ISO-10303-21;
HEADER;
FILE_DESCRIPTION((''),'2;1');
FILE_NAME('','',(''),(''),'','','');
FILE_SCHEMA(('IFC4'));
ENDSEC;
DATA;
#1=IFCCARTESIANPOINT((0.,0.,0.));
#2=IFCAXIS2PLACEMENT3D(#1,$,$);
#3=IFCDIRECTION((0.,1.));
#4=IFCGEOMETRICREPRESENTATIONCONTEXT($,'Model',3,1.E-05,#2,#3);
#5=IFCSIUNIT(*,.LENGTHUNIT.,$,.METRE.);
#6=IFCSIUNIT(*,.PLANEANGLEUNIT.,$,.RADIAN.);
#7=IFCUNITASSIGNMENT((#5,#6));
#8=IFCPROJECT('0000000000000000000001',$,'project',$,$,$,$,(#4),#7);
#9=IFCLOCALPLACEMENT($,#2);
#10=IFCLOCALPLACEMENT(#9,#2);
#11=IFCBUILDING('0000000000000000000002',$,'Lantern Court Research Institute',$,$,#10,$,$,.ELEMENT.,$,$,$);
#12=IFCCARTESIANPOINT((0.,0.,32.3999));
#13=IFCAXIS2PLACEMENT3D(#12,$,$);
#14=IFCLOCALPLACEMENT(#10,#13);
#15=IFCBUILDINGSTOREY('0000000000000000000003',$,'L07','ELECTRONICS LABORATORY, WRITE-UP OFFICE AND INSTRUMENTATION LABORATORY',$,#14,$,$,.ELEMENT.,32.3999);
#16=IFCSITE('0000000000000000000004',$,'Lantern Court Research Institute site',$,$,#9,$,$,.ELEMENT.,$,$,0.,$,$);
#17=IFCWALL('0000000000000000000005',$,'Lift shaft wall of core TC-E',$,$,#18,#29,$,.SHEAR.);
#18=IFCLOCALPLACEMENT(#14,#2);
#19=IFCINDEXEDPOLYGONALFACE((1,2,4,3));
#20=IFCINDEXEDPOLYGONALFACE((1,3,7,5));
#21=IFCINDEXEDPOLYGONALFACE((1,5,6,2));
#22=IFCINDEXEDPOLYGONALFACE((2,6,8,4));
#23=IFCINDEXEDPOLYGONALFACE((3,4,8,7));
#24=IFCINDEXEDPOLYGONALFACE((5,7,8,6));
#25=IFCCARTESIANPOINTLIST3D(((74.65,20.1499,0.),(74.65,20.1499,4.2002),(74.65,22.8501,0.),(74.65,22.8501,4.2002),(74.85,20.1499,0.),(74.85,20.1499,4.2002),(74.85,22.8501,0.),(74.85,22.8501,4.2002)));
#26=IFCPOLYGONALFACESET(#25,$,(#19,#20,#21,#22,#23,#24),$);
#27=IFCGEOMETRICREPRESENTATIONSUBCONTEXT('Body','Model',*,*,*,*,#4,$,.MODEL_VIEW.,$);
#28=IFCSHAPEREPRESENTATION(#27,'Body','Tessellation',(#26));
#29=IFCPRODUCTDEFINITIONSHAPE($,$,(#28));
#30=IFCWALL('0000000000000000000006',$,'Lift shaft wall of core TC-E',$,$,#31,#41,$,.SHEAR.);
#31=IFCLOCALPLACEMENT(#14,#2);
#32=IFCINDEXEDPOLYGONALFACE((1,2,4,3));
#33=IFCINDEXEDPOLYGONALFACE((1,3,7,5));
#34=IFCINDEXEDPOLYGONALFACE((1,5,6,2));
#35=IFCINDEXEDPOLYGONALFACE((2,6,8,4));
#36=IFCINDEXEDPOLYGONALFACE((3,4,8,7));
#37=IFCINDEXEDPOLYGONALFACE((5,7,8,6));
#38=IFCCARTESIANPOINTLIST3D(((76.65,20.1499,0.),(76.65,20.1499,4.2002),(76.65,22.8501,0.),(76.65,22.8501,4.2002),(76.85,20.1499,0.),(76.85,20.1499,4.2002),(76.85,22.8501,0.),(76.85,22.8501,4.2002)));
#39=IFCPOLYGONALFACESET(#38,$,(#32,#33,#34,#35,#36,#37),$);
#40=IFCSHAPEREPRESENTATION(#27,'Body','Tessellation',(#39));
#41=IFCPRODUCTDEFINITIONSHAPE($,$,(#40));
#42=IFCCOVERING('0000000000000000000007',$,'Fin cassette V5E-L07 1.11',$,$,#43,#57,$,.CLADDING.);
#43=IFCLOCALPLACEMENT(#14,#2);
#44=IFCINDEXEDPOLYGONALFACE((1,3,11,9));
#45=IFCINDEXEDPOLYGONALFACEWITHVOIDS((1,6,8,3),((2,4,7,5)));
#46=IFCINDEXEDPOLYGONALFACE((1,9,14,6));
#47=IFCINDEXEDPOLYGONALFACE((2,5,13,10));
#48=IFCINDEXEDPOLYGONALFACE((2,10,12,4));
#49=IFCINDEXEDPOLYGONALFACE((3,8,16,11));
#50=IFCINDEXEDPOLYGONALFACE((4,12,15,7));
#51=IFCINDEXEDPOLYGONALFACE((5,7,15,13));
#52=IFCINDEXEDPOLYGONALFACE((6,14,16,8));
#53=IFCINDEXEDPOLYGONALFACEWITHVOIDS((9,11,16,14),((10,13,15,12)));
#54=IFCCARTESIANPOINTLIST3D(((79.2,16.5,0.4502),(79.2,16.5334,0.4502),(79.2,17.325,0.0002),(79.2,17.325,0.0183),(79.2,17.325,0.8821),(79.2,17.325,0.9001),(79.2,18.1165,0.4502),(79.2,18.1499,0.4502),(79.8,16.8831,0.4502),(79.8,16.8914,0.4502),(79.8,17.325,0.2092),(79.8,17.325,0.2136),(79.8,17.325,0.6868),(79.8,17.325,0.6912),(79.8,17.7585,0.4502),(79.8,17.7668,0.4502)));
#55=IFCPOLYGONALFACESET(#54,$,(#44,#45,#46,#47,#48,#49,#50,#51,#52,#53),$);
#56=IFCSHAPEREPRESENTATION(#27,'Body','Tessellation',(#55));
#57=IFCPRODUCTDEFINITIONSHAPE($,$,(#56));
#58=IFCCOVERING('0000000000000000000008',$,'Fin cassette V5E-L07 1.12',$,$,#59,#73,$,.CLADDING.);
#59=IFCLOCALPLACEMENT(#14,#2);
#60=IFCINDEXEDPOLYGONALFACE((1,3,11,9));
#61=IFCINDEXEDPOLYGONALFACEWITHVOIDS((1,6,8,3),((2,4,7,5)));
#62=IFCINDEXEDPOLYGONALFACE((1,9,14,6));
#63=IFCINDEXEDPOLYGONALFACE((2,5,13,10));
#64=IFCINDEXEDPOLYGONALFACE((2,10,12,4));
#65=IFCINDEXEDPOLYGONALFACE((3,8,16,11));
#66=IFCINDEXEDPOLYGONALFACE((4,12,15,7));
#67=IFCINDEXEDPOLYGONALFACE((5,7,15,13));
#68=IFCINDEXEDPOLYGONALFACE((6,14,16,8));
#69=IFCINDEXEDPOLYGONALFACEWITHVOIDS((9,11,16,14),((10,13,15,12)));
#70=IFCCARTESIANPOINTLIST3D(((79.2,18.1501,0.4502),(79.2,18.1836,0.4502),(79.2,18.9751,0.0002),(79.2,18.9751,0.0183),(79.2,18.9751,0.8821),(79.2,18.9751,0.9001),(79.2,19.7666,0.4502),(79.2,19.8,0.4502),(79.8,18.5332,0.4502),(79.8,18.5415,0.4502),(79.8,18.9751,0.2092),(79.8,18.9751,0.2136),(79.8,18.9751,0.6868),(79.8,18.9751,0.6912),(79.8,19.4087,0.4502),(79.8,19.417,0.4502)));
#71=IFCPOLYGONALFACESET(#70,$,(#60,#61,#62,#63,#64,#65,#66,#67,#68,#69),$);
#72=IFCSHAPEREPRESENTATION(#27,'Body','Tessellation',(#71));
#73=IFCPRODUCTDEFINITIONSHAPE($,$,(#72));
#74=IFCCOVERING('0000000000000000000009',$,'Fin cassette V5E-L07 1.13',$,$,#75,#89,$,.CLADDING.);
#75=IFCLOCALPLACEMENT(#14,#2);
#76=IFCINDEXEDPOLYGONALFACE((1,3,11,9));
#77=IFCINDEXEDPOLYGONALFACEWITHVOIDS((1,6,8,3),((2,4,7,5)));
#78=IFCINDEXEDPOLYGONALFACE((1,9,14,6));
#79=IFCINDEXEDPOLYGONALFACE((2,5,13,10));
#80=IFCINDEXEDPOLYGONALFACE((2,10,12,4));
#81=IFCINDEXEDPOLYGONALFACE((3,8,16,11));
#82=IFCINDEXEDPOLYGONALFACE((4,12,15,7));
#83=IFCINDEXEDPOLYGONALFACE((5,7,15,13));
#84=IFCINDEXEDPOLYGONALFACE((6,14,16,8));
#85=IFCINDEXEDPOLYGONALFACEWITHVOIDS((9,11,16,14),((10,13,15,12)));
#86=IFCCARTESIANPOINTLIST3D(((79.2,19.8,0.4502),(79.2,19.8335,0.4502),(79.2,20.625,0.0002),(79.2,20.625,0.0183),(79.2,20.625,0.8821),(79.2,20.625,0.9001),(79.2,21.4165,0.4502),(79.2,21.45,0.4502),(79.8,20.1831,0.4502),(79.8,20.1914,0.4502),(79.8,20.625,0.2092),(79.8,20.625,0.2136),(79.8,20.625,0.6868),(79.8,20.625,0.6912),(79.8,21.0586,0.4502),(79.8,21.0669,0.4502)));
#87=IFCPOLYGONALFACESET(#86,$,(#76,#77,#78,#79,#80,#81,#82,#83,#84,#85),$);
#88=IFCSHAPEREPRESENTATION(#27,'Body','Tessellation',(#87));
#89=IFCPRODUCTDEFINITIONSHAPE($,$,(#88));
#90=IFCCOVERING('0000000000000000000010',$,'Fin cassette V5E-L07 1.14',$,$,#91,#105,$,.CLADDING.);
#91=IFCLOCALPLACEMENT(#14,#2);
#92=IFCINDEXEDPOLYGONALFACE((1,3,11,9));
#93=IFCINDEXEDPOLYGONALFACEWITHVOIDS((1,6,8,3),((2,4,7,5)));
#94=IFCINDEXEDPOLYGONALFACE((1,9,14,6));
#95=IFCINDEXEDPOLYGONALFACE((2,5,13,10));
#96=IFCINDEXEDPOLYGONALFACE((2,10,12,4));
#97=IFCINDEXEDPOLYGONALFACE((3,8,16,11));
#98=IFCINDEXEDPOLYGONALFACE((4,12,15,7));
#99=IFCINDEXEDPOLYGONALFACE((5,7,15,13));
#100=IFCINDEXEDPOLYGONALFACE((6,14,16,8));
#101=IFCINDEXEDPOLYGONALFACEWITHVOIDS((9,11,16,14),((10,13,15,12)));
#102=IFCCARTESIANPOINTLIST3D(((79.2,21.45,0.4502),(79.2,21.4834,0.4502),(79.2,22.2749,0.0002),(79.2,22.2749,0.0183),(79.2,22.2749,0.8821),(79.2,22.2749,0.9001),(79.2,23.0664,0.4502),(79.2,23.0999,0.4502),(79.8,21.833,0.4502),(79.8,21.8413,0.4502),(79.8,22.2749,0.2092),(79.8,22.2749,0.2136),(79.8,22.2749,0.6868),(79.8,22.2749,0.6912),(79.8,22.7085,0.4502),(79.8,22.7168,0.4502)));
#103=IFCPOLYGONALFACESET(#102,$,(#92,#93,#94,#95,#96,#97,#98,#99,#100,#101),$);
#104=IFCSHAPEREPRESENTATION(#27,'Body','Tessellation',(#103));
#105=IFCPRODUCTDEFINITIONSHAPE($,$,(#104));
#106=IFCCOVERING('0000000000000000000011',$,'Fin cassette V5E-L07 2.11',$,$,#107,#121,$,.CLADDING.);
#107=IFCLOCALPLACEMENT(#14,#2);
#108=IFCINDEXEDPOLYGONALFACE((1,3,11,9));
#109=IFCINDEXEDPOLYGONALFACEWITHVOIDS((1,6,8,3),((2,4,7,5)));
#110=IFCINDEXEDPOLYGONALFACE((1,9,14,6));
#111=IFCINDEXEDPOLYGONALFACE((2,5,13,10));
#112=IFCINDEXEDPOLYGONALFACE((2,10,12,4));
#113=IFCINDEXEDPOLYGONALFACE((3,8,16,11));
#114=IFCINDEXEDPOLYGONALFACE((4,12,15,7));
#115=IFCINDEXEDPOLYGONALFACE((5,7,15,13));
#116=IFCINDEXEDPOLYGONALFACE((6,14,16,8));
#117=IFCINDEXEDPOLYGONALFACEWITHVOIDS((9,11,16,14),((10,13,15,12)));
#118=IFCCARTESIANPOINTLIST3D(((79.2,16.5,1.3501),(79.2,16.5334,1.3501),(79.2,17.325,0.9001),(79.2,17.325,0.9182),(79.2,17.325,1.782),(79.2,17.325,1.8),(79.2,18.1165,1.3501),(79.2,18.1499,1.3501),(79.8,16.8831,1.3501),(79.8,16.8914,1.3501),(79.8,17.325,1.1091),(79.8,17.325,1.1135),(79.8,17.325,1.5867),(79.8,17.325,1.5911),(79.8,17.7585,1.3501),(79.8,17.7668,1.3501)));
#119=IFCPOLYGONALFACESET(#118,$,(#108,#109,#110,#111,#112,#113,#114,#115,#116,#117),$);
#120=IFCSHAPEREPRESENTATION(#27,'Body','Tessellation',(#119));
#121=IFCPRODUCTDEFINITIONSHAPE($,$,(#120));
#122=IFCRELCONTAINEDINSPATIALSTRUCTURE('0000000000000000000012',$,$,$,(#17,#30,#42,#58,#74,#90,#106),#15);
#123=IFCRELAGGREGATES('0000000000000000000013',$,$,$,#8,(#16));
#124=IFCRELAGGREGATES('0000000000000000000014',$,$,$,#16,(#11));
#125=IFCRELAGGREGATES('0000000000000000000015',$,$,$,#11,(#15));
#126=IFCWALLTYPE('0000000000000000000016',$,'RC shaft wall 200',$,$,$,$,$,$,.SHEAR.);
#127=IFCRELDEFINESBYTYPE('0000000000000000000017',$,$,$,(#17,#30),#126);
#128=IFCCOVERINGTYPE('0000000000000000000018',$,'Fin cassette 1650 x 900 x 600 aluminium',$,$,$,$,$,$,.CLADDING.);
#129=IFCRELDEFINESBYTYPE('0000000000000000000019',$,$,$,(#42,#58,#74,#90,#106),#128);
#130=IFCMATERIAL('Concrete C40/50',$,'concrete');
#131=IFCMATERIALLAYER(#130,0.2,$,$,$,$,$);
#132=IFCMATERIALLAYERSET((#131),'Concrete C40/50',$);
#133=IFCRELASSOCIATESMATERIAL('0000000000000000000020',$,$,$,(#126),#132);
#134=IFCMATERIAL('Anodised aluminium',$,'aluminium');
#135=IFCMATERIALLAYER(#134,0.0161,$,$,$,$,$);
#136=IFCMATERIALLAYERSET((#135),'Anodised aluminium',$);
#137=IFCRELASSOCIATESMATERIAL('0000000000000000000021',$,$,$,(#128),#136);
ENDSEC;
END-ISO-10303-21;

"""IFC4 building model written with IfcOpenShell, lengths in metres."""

from ifc_helpers import new_model, entity, si_unit, direction, frame, frame_2d, origin, place, context, subcontext, project, spatial, rectangle, extrude, material, layer, layer_set, type_object, element, save


model = new_model("IFC4")

# Units and contexts
model_context = context("Model", 3, precision=1e-05, world=origin(), true_north=direction((0.0, 1.0)))
body_context = subcontext(model_context, "Body", "Model", "MODEL_VIEW")
ifc_project = project(units=[si_unit("LENGTHUNIT", "METRE"), si_unit("PLANEANGLEUNIT", "RADIAN")], contexts=[model_context])

# Site, building, storey
site_placement = place(None, origin())
site = spatial("IfcSite", under=ifc_project, at=site_placement, Name="Lantern Court Research Institute site", CompositionType="ELEMENT", RefElevation=0.0)
building_placement = place(site_placement, origin())
building = spatial("IfcBuilding", under=site, at=building_placement, Name="Lantern Court Research Institute", CompositionType="ELEMENT")
storey_placement = place(building_placement, frame((0.0, 0.0, 32.3999)))
storey = spatial("IfcBuildingStorey", under=building, at=storey_placement, Name="L07", Description="ELECTRONICS LABORATORY, WRITE-UP OFFICE AND INSTRUMENTATION LABORATORY", CompositionType="ELEMENT", Elevation=32.3999)

# Walls
ifc_material_1 = material(Name="Concrete C40/50", Category="concrete")
ifc_layer_1 = layer(ifc_material_1, 0.2)
ifc_layer_set_1 = layer_set([ifc_layer_1], Name="Concrete C40/50")
wall_type = type_object("IfcWallType", Name="RC shaft wall 200", PredefinedType="SHEAR", material=ifc_layer_set_1)
for number, where, z_axis, x_axis, name in (
    (1, (74.75, 20.1499, 0.0), (0.0, 0.0, 1.0), (0.0, 1.0, 0.0), "Lift shaft wall of core TC-E"),
    (2, (76.75, 20.1499, 0.0), (0.0, 0.0, 1.0), (0.0, 1.0, 0.0), "Lift shaft wall of core TC-E"),
):
    element("IfcWall", number, at=place(storey_placement, frame(where, z_axis=z_axis, x_axis=x_axis)), inside=storey, type_object=wall_type, Name=name, PredefinedType="SHEAR", context=body_context, shape_type="SweptSolid", body=[
        extrude(rectangle(XDim=2.7002, YDim=0.2, at=frame_2d((1.3501, 0.0))), origin(), (0.0, 0.0, 1.0), 4.2002),
    ])

# Coverings
ifc_material_2 = material(Name="Anodised aluminium", Category="aluminium")
ifc_layer_2 = layer(ifc_material_2, 0.0161)
ifc_layer_set_2 = layer_set([ifc_layer_2], Name="Anodised aluminium")
covering_type = type_object("IfcCoveringType", Name="Fin cassette 1650 x 900 x 600 aluminium", PredefinedType="CLADDING", material=ifc_layer_set_2)
covering_1_placement = place(storey_placement, frame((79.2, 17.325, 0.4502), z_axis=(1.0, 0.0, 0.0), x_axis=(0.0, 1.0, 0.0)))
cartesian_point_1 = entity("IfcCartesianPoint", [0.825, 0.0])
cartesian_point_2 = entity("IfcCartesianPoint", [0.7915, 0.0])
cartesian_point_3 = entity("IfcCartesianPoint", [0.4419, 0.0])
cartesian_point_4 = entity("IfcCartesianPoint", [0.4336, 0.0])
element("IfcCovering", 3, at=covering_1_placement, inside=storey, type_object=covering_type, Name="Fin cassette V5E-L07 1.11", PredefinedType="CLADDING", context=body_context, shape_type="SweptSolid", body=[
    entity("IfcExtrudedAreaSolidTapered", entity("IfcArbitraryProfileDefWithVoids", "AREA", None, entity("IfcPolyline", [cartesian_point_1, entity("IfcCartesianPoint", [0.0, 0.45]), entity("IfcCartesianPoint", [-0.825, 0.0]), entity("IfcCartesianPoint", [0.0, -0.45]), cartesian_point_1]), [entity("IfcPolyline", [cartesian_point_2, entity("IfcCartesianPoint", [0.0, 0.4319]), entity("IfcCartesianPoint", [-0.7915, 0.0]), entity("IfcCartesianPoint", [0.0, -0.4319]), cartesian_point_2])]), entity("IfcAxis2Placement3D", entity("IfcCartesianPoint", [0.0, 0.0, 0.0])), entity("IfcDirection", [0.0, 0.0, 1.0]), 0.6001, entity("IfcArbitraryProfileDefWithVoids", "AREA", None, entity("IfcPolyline", [cartesian_point_3, entity("IfcCartesianPoint", [0.0, 0.241]), entity("IfcCartesianPoint", [-0.4419, 0.0]), entity("IfcCartesianPoint", [0.0, -0.241]), cartesian_point_3]), [entity("IfcPolyline", [cartesian_point_4, entity("IfcCartesianPoint", [0.0, 0.2366]), entity("IfcCartesianPoint", [-0.4336, 0.0]), entity("IfcCartesianPoint", [0.0, -0.2366]), cartesian_point_4])])),
])
covering_2_placement = place(storey_placement, frame((79.2, 18.9751, 0.4502), z_axis=(1.0, 0.0, 0.0), x_axis=(0.0, 1.0, 0.0)))
cartesian_point_5 = entity("IfcCartesianPoint", [0.825, 0.0])
cartesian_point_6 = entity("IfcCartesianPoint", [0.7915, 0.0])
cartesian_point_7 = entity("IfcCartesianPoint", [0.4419, 0.0])
cartesian_point_8 = entity("IfcCartesianPoint", [0.4336, 0.0])
element("IfcCovering", 4, at=covering_2_placement, inside=storey, type_object=covering_type, Name="Fin cassette V5E-L07 1.12", PredefinedType="CLADDING", context=body_context, shape_type="SweptSolid", body=[
    entity("IfcExtrudedAreaSolidTapered", entity("IfcArbitraryProfileDefWithVoids", "AREA", None, entity("IfcPolyline", [cartesian_point_5, entity("IfcCartesianPoint", [0.0, 0.45]), entity("IfcCartesianPoint", [-0.825, 0.0]), entity("IfcCartesianPoint", [0.0, -0.45]), cartesian_point_5]), [entity("IfcPolyline", [cartesian_point_6, entity("IfcCartesianPoint", [0.0, 0.4319]), entity("IfcCartesianPoint", [-0.7915, 0.0]), entity("IfcCartesianPoint", [0.0, -0.4319]), cartesian_point_6])]), entity("IfcAxis2Placement3D", entity("IfcCartesianPoint", [0.0, 0.0, 0.0])), entity("IfcDirection", [0.0, 0.0, 1.0]), 0.6001, entity("IfcArbitraryProfileDefWithVoids", "AREA", None, entity("IfcPolyline", [cartesian_point_7, entity("IfcCartesianPoint", [0.0, 0.241]), entity("IfcCartesianPoint", [-0.4419, 0.0]), entity("IfcCartesianPoint", [0.0, -0.241]), cartesian_point_7]), [entity("IfcPolyline", [cartesian_point_8, entity("IfcCartesianPoint", [0.0, 0.2366]), entity("IfcCartesianPoint", [-0.4336, 0.0]), entity("IfcCartesianPoint", [0.0, -0.2366]), cartesian_point_8])])),
])
covering_3_placement = place(storey_placement, frame((79.2, 20.625, 0.4502), z_axis=(1.0, 0.0, 0.0), x_axis=(0.0, 1.0, 0.0)))
cartesian_point_9 = entity("IfcCartesianPoint", [0.825, 0.0])
cartesian_point_10 = entity("IfcCartesianPoint", [0.7915, 0.0])
cartesian_point_11 = entity("IfcCartesianPoint", [0.4419, 0.0])
cartesian_point_12 = entity("IfcCartesianPoint", [0.4336, 0.0])
element("IfcCovering", 5, at=covering_3_placement, inside=storey, type_object=covering_type, Name="Fin cassette V5E-L07 1.13", PredefinedType="CLADDING", context=body_context, shape_type="SweptSolid", body=[
    entity("IfcExtrudedAreaSolidTapered", entity("IfcArbitraryProfileDefWithVoids", "AREA", None, entity("IfcPolyline", [cartesian_point_9, entity("IfcCartesianPoint", [0.0, 0.45]), entity("IfcCartesianPoint", [-0.825, 0.0]), entity("IfcCartesianPoint", [0.0, -0.45]), cartesian_point_9]), [entity("IfcPolyline", [cartesian_point_10, entity("IfcCartesianPoint", [0.0, 0.4319]), entity("IfcCartesianPoint", [-0.7915, 0.0]), entity("IfcCartesianPoint", [0.0, -0.4319]), cartesian_point_10])]), entity("IfcAxis2Placement3D", entity("IfcCartesianPoint", [0.0, 0.0, 0.0])), entity("IfcDirection", [0.0, 0.0, 1.0]), 0.6001, entity("IfcArbitraryProfileDefWithVoids", "AREA", None, entity("IfcPolyline", [cartesian_point_11, entity("IfcCartesianPoint", [0.0, 0.241]), entity("IfcCartesianPoint", [-0.4419, 0.0]), entity("IfcCartesianPoint", [0.0, -0.241]), cartesian_point_11]), [entity("IfcPolyline", [cartesian_point_12, entity("IfcCartesianPoint", [0.0, 0.2366]), entity("IfcCartesianPoint", [-0.4336, 0.0]), entity("IfcCartesianPoint", [0.0, -0.2366]), cartesian_point_12])])),
])
covering_4_placement = place(storey_placement, frame((79.2, 22.2749, 0.4502), z_axis=(1.0, 0.0, 0.0), x_axis=(0.0, 1.0, 0.0)))
cartesian_point_13 = entity("IfcCartesianPoint", [0.825, 0.0])
cartesian_point_14 = entity("IfcCartesianPoint", [0.7915, 0.0])
cartesian_point_15 = entity("IfcCartesianPoint", [0.4419, 0.0])
cartesian_point_16 = entity("IfcCartesianPoint", [0.4336, 0.0])
element("IfcCovering", 6, at=covering_4_placement, inside=storey, type_object=covering_type, Name="Fin cassette V5E-L07 1.14", PredefinedType="CLADDING", context=body_context, shape_type="SweptSolid", body=[
    entity("IfcExtrudedAreaSolidTapered", entity("IfcArbitraryProfileDefWithVoids", "AREA", None, entity("IfcPolyline", [cartesian_point_13, entity("IfcCartesianPoint", [0.0, 0.45]), entity("IfcCartesianPoint", [-0.825, 0.0]), entity("IfcCartesianPoint", [0.0, -0.45]), cartesian_point_13]), [entity("IfcPolyline", [cartesian_point_14, entity("IfcCartesianPoint", [0.0, 0.4319]), entity("IfcCartesianPoint", [-0.7915, 0.0]), entity("IfcCartesianPoint", [0.0, -0.4319]), cartesian_point_14])]), entity("IfcAxis2Placement3D", entity("IfcCartesianPoint", [0.0, 0.0, 0.0])), entity("IfcDirection", [0.0, 0.0, 1.0]), 0.6001, entity("IfcArbitraryProfileDefWithVoids", "AREA", None, entity("IfcPolyline", [cartesian_point_15, entity("IfcCartesianPoint", [0.0, 0.241]), entity("IfcCartesianPoint", [-0.4419, 0.0]), entity("IfcCartesianPoint", [0.0, -0.241]), cartesian_point_15]), [entity("IfcPolyline", [cartesian_point_16, entity("IfcCartesianPoint", [0.0, 0.2366]), entity("IfcCartesianPoint", [-0.4336, 0.0]), entity("IfcCartesianPoint", [0.0, -0.2366]), cartesian_point_16])])),
])
covering_5_placement = place(storey_placement, frame((79.2, 17.325, 1.3501), z_axis=(1.0, 0.0, 0.0), x_axis=(0.0, 1.0, 0.0)))
cartesian_point_17 = entity("IfcCartesianPoint", [0.825, 0.0])
cartesian_point_18 = entity("IfcCartesianPoint", [0.7915, 0.0])
cartesian_point_19 = entity("IfcCartesianPoint", [0.4419, 0.0])
cartesian_point_20 = entity("IfcCartesianPoint", [0.4336, 0.0])
element("IfcCovering", 7, at=covering_5_placement, inside=storey, type_object=covering_type, Name="Fin cassette V5E-L07 2.11", PredefinedType="CLADDING", context=body_context, shape_type="SweptSolid", body=[
    entity("IfcExtrudedAreaSolidTapered", entity("IfcArbitraryProfileDefWithVoids", "AREA", None, entity("IfcPolyline", [cartesian_point_17, entity("IfcCartesianPoint", [0.0, 0.45]), entity("IfcCartesianPoint", [-0.825, 0.0]), entity("IfcCartesianPoint", [0.0, -0.45]), cartesian_point_17]), [entity("IfcPolyline", [cartesian_point_18, entity("IfcCartesianPoint", [0.0, 0.4319]), entity("IfcCartesianPoint", [-0.7915, 0.0]), entity("IfcCartesianPoint", [0.0, -0.4319]), cartesian_point_18])]), entity("IfcAxis2Placement3D", entity("IfcCartesianPoint", [0.0, 0.0, 0.0])), entity("IfcDirection", [0.0, 0.0, 1.0]), 0.6001, entity("IfcArbitraryProfileDefWithVoids", "AREA", None, entity("IfcPolyline", [cartesian_point_19, entity("IfcCartesianPoint", [0.0, 0.241]), entity("IfcCartesianPoint", [-0.4419, 0.0]), entity("IfcCartesianPoint", [0.0, -0.241]), cartesian_point_19]), [entity("IfcPolyline", [cartesian_point_20, entity("IfcCartesianPoint", [0.0, 0.2366]), entity("IfcCartesianPoint", [-0.4336, 0.0]), entity("IfcCartesianPoint", [0.0, -0.2366]), cartesian_point_20])])),
])

save(model, "model.ifc")
